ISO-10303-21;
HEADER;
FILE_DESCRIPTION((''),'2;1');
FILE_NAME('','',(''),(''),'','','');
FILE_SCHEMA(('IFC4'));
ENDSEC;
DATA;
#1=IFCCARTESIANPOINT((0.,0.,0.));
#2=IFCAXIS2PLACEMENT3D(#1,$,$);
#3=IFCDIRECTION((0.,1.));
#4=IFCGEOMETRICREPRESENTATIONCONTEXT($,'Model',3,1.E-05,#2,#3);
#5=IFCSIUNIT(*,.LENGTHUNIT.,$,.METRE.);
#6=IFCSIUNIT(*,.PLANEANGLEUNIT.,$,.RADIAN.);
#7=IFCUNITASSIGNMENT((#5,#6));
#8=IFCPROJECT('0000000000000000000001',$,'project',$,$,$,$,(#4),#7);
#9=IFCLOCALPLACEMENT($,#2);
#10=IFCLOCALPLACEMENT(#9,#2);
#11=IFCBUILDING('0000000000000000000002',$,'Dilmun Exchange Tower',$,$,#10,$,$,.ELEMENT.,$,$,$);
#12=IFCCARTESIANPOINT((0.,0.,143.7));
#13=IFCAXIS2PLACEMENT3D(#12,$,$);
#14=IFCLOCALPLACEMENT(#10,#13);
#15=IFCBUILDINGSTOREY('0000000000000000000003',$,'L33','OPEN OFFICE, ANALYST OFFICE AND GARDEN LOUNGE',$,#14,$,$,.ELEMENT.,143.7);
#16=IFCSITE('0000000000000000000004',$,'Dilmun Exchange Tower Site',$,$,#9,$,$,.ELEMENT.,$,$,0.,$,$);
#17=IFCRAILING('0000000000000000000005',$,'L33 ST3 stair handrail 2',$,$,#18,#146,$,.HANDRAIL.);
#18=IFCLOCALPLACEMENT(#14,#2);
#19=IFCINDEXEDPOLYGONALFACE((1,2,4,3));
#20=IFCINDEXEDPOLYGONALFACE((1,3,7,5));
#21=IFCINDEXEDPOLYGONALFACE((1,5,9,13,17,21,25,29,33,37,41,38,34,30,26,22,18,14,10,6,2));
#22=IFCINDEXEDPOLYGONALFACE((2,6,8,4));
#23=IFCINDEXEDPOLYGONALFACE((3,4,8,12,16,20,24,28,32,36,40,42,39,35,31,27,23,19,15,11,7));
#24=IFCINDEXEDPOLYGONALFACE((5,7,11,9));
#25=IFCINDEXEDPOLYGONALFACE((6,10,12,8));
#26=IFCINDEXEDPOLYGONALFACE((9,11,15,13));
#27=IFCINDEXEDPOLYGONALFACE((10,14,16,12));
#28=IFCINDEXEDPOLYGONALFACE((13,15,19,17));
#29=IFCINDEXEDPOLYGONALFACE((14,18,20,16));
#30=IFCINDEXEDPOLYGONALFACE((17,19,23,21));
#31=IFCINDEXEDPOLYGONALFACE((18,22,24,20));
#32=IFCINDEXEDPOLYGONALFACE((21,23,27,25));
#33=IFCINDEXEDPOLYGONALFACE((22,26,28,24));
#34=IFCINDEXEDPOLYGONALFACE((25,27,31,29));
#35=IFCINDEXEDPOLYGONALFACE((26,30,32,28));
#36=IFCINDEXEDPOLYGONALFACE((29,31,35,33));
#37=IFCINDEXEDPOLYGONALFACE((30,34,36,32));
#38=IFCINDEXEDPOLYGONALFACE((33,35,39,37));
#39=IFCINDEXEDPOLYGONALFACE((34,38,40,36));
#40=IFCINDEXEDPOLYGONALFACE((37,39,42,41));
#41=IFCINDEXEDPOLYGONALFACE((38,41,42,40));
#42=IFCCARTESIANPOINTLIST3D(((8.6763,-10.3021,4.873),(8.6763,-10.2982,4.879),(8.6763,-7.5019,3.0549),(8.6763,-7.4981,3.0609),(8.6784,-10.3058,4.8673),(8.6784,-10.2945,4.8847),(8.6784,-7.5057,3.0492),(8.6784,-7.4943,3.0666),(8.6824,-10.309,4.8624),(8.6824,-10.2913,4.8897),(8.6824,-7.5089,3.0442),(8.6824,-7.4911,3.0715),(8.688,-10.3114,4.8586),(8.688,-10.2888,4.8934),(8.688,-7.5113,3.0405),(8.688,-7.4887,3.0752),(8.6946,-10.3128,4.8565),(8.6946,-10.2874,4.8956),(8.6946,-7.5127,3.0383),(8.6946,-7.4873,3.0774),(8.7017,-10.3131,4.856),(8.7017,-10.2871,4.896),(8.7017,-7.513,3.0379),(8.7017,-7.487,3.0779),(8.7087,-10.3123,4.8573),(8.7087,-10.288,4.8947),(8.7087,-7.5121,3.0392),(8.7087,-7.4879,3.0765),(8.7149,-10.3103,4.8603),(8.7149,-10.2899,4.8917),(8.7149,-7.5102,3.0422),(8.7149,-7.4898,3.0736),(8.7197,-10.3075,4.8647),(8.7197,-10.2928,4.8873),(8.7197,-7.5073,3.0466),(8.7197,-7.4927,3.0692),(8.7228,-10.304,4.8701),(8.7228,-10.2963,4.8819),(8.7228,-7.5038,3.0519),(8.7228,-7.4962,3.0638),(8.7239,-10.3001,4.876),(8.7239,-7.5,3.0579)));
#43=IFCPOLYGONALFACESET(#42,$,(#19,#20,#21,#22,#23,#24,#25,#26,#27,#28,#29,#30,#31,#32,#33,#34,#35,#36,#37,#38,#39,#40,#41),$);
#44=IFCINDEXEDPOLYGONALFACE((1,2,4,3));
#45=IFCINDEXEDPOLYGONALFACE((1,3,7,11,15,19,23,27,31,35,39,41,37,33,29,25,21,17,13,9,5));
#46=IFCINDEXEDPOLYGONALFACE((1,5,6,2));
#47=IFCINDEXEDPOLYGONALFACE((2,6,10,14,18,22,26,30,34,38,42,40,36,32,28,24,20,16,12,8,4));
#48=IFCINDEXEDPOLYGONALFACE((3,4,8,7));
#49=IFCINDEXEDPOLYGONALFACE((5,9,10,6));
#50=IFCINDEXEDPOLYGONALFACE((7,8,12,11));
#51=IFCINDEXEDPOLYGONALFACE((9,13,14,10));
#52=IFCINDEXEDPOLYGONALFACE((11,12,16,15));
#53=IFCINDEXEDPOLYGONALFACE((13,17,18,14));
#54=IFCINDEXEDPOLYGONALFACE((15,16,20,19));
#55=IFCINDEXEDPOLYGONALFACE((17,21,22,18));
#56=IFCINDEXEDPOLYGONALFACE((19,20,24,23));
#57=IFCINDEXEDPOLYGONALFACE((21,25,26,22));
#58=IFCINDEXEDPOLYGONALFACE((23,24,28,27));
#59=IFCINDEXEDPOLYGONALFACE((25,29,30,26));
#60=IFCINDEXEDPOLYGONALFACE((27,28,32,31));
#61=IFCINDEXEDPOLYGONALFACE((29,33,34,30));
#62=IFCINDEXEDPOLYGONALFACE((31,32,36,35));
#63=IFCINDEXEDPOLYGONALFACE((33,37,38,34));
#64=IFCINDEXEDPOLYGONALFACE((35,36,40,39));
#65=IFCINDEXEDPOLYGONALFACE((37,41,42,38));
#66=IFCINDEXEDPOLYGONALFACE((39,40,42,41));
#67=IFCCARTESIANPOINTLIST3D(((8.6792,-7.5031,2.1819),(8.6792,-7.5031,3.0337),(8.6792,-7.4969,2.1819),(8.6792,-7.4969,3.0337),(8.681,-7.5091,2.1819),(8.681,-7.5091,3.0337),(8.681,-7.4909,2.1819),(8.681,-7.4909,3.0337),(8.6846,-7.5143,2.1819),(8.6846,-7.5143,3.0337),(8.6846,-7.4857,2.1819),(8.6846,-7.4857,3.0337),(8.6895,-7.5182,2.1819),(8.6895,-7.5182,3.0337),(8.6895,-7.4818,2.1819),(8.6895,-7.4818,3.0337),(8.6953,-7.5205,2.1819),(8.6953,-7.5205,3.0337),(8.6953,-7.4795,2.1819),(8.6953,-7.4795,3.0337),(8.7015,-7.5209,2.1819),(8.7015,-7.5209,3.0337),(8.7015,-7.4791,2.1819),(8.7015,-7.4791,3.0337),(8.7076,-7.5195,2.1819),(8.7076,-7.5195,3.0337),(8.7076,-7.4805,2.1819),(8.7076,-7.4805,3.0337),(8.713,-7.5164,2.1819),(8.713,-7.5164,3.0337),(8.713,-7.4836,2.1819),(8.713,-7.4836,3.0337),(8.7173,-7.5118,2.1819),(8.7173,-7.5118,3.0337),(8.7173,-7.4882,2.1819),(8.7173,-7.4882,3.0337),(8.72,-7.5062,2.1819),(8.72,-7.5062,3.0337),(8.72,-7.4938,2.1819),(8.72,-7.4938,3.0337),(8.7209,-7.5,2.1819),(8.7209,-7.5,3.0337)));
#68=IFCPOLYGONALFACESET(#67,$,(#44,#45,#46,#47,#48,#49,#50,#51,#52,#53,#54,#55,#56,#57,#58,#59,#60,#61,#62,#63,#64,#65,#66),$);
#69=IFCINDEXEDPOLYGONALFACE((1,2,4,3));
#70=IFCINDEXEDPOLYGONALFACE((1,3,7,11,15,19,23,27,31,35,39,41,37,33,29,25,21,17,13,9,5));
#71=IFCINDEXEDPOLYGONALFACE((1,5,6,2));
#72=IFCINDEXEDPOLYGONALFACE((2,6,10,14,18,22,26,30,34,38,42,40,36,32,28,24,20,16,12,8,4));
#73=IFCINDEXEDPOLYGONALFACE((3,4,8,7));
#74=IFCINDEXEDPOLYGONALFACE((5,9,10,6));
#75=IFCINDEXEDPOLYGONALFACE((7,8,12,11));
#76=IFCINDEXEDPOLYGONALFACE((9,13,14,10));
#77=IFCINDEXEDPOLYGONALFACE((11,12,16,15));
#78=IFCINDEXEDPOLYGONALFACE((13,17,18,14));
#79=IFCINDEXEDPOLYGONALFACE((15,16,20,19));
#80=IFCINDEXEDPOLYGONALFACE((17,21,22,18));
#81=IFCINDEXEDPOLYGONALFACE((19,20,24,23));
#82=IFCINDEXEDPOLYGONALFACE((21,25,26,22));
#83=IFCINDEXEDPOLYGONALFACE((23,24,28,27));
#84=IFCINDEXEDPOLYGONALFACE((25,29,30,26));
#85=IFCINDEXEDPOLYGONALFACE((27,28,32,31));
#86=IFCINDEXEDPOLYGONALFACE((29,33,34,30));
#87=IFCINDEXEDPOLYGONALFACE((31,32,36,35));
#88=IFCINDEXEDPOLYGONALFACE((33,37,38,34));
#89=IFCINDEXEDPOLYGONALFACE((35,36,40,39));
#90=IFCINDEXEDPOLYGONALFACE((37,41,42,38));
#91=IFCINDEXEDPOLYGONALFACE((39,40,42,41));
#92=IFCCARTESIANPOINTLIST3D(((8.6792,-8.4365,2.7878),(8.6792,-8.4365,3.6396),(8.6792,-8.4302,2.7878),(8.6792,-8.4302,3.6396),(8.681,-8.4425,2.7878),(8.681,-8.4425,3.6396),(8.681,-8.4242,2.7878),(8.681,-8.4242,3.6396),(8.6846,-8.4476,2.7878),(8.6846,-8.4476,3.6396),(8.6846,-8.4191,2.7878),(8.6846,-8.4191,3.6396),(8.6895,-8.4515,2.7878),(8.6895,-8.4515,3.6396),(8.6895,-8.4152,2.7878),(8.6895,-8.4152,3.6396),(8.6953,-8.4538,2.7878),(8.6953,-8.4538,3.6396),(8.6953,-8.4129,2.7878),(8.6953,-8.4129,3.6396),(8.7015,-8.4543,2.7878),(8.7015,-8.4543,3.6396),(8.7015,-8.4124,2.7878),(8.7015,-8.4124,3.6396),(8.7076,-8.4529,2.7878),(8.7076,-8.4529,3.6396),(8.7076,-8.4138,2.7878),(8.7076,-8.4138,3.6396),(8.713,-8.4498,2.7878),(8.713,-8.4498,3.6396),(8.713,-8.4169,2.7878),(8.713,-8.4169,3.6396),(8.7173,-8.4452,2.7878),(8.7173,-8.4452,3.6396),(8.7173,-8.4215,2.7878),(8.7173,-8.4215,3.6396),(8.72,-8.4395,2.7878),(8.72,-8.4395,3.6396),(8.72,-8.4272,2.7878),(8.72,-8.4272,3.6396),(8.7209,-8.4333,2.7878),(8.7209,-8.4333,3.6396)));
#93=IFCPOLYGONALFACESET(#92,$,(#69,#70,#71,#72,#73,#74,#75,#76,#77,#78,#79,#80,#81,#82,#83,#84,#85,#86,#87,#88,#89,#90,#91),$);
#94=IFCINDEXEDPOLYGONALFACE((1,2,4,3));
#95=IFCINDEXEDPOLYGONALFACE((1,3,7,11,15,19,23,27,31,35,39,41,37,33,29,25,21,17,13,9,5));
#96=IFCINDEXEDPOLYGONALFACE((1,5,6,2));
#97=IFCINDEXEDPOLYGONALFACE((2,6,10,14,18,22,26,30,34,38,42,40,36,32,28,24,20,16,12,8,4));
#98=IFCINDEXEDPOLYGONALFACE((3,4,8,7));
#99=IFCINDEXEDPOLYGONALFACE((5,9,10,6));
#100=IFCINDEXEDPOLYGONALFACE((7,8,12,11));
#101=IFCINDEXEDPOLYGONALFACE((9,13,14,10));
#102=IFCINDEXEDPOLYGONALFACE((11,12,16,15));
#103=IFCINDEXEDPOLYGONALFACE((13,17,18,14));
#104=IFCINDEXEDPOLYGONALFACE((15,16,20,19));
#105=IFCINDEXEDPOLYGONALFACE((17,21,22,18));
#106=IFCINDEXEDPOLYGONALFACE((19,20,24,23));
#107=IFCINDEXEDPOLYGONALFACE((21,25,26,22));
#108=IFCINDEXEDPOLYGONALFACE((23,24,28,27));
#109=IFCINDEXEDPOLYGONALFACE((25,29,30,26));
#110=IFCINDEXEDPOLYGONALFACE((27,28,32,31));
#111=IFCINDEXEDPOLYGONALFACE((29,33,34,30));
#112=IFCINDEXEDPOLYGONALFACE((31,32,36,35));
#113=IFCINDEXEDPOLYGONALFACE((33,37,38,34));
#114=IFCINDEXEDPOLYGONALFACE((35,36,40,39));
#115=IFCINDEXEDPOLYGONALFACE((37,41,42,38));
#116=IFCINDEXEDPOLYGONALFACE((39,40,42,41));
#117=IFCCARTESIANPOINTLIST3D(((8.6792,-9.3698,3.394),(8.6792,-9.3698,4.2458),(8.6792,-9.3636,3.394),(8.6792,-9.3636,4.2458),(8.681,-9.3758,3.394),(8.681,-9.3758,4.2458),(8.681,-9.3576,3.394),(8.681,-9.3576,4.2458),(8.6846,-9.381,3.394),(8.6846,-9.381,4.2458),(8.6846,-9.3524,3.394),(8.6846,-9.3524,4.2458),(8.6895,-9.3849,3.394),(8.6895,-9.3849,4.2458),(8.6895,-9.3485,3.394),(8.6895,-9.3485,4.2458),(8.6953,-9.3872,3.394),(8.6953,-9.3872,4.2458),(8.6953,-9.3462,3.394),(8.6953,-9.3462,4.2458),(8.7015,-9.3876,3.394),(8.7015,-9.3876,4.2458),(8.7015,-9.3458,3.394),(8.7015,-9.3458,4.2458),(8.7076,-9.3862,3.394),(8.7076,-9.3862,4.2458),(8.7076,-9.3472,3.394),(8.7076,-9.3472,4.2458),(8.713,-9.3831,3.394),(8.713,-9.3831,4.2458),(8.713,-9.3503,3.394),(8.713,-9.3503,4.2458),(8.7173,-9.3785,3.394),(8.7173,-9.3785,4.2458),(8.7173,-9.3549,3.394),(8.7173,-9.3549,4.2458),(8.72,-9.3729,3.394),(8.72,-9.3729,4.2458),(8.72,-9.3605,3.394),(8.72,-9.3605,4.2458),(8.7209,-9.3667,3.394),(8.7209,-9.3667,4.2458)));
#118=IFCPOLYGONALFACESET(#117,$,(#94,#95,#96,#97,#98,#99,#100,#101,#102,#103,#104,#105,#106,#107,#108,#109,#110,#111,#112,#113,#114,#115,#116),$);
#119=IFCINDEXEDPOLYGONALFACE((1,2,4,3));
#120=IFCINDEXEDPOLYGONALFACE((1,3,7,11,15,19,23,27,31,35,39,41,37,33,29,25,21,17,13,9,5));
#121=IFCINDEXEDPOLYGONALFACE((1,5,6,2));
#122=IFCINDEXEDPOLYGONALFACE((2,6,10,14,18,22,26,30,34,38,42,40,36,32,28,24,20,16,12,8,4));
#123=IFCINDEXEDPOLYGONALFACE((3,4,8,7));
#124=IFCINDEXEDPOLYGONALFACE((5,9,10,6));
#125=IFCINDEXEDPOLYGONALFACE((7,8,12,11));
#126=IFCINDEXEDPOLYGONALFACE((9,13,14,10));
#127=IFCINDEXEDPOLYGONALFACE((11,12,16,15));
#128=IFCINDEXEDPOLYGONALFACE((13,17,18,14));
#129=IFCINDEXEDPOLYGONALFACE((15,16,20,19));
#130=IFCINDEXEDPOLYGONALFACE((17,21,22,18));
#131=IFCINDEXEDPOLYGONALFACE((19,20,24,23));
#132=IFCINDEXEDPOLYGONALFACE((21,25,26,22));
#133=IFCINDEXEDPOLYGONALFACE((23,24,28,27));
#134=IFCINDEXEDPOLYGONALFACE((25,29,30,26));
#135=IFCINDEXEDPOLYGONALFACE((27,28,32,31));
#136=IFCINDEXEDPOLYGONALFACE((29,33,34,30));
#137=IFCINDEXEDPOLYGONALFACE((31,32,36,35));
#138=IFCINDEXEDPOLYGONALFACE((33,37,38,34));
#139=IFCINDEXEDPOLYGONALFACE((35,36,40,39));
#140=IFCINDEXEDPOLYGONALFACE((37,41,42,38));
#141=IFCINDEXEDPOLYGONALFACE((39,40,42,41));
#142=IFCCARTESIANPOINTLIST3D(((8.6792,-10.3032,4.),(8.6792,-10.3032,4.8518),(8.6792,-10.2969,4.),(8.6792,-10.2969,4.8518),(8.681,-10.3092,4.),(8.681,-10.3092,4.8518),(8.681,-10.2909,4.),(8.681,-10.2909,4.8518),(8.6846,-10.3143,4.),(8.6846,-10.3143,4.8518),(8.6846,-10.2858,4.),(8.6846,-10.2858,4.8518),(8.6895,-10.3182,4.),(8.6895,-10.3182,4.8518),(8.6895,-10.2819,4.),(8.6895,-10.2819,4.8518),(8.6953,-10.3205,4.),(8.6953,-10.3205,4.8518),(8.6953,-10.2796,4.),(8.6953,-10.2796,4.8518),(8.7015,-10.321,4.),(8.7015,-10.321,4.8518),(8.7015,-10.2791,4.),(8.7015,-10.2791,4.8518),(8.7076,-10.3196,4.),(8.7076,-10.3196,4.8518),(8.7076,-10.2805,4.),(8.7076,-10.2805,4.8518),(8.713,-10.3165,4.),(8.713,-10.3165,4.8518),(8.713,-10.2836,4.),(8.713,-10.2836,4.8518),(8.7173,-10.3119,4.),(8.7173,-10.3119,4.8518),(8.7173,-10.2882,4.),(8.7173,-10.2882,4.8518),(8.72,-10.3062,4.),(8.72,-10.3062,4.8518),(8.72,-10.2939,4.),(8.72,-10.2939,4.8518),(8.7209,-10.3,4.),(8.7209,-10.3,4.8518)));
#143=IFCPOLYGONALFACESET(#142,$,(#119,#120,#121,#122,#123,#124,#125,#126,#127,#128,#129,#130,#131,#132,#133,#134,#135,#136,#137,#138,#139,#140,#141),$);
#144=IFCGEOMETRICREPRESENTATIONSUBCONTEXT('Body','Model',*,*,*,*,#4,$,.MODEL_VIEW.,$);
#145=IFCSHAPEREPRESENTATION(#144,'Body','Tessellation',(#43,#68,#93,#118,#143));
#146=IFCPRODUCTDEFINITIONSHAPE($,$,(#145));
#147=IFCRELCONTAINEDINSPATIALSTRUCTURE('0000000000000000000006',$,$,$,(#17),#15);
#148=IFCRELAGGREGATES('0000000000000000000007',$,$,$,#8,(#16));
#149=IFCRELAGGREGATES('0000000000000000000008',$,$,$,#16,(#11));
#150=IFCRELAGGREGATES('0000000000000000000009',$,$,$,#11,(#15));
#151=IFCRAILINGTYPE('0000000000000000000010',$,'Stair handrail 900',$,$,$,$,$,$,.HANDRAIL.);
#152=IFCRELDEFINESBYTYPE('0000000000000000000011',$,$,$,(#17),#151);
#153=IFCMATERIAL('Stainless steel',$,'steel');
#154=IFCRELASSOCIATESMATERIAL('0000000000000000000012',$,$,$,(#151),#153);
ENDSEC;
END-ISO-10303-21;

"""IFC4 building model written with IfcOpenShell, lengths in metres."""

from ifc_helpers import new_model, si_unit, direction, frame, origin, origin_2d, place, context, subcontext, project, spatial, circle, extrude, material, type_object, element, save


model = new_model("IFC4")

# Units and contexts
model_context = context("Model", 3, precision=1e-05, world=origin(), true_north=direction((0.0, 1.0)))
body_context = subcontext(model_context, "Body", "Model", "MODEL_VIEW")
ifc_project = project(units=[si_unit("LENGTHUNIT", "METRE"), si_unit("PLANEANGLEUNIT", "RADIAN")], contexts=[model_context])

# Site, building, storey
site_placement = place(None, origin())
site = spatial("IfcSite", under=ifc_project, at=site_placement, Name="Dilmun Exchange Tower Site", CompositionType="ELEMENT", RefElevation=0.0)
building_placement = place(site_placement, origin())
building = spatial("IfcBuilding", under=site, at=building_placement, Name="Dilmun Exchange Tower", CompositionType="ELEMENT")
storey_placement = place(building_placement, frame((0.0, 0.0, 143.7)))
storey = spatial("IfcBuildingStorey", under=building, at=storey_placement, Name="L33", Description="OPEN OFFICE, ANALYST OFFICE AND GARDEN LOUNGE", CompositionType="ELEMENT", Elevation=143.7)

# Railing
ifc_material_1 = material(Name="Stainless steel", Category="steel")
railing_type = type_object("IfcRailingType", Name="Stair handrail 900", PredefinedType="HANDRAIL", material=ifc_material_1)
railing_1_placement = place(storey_placement, frame((8.7, -7.5, 2.1819)))
element("IfcRailing", 1, at=railing_1_placement, inside=storey, type_object=railing_type, Name="L33 ST3 stair handrail 2", PredefinedType="HANDRAIL", context=body_context, shape_type="SweptSolid", body=[
    extrude(circle(Radius=0.0239, at=origin_2d()), frame((0.0, 0.0, 0.876), z_axis=(0.0, -0.838706, 0.544585), x_axis=(1.0, 0.0, 0.0)), (0.0, 0.0, 1.0), 3.3386),
    extrude(circle(Radius=0.021, at=origin_2d()), origin(), (0.0, 0.0, 1.0), 0.8518),
    extrude(circle(Radius=0.021, at=origin_2d()), frame((0.0, -0.9333, 0.606)), (0.0, 0.0, 1.0), 0.8518),
    extrude(circle(Radius=0.021, at=origin_2d()), frame((0.0, -1.8667, 1.2122)), (0.0, 0.0, 1.0), 0.8518),
    extrude(circle(Radius=0.021, at=origin_2d()), frame((0.0, -2.8, 1.8181)), (0.0, 0.0, 1.0), 0.8518),
])

save(model, "model.ifc")
